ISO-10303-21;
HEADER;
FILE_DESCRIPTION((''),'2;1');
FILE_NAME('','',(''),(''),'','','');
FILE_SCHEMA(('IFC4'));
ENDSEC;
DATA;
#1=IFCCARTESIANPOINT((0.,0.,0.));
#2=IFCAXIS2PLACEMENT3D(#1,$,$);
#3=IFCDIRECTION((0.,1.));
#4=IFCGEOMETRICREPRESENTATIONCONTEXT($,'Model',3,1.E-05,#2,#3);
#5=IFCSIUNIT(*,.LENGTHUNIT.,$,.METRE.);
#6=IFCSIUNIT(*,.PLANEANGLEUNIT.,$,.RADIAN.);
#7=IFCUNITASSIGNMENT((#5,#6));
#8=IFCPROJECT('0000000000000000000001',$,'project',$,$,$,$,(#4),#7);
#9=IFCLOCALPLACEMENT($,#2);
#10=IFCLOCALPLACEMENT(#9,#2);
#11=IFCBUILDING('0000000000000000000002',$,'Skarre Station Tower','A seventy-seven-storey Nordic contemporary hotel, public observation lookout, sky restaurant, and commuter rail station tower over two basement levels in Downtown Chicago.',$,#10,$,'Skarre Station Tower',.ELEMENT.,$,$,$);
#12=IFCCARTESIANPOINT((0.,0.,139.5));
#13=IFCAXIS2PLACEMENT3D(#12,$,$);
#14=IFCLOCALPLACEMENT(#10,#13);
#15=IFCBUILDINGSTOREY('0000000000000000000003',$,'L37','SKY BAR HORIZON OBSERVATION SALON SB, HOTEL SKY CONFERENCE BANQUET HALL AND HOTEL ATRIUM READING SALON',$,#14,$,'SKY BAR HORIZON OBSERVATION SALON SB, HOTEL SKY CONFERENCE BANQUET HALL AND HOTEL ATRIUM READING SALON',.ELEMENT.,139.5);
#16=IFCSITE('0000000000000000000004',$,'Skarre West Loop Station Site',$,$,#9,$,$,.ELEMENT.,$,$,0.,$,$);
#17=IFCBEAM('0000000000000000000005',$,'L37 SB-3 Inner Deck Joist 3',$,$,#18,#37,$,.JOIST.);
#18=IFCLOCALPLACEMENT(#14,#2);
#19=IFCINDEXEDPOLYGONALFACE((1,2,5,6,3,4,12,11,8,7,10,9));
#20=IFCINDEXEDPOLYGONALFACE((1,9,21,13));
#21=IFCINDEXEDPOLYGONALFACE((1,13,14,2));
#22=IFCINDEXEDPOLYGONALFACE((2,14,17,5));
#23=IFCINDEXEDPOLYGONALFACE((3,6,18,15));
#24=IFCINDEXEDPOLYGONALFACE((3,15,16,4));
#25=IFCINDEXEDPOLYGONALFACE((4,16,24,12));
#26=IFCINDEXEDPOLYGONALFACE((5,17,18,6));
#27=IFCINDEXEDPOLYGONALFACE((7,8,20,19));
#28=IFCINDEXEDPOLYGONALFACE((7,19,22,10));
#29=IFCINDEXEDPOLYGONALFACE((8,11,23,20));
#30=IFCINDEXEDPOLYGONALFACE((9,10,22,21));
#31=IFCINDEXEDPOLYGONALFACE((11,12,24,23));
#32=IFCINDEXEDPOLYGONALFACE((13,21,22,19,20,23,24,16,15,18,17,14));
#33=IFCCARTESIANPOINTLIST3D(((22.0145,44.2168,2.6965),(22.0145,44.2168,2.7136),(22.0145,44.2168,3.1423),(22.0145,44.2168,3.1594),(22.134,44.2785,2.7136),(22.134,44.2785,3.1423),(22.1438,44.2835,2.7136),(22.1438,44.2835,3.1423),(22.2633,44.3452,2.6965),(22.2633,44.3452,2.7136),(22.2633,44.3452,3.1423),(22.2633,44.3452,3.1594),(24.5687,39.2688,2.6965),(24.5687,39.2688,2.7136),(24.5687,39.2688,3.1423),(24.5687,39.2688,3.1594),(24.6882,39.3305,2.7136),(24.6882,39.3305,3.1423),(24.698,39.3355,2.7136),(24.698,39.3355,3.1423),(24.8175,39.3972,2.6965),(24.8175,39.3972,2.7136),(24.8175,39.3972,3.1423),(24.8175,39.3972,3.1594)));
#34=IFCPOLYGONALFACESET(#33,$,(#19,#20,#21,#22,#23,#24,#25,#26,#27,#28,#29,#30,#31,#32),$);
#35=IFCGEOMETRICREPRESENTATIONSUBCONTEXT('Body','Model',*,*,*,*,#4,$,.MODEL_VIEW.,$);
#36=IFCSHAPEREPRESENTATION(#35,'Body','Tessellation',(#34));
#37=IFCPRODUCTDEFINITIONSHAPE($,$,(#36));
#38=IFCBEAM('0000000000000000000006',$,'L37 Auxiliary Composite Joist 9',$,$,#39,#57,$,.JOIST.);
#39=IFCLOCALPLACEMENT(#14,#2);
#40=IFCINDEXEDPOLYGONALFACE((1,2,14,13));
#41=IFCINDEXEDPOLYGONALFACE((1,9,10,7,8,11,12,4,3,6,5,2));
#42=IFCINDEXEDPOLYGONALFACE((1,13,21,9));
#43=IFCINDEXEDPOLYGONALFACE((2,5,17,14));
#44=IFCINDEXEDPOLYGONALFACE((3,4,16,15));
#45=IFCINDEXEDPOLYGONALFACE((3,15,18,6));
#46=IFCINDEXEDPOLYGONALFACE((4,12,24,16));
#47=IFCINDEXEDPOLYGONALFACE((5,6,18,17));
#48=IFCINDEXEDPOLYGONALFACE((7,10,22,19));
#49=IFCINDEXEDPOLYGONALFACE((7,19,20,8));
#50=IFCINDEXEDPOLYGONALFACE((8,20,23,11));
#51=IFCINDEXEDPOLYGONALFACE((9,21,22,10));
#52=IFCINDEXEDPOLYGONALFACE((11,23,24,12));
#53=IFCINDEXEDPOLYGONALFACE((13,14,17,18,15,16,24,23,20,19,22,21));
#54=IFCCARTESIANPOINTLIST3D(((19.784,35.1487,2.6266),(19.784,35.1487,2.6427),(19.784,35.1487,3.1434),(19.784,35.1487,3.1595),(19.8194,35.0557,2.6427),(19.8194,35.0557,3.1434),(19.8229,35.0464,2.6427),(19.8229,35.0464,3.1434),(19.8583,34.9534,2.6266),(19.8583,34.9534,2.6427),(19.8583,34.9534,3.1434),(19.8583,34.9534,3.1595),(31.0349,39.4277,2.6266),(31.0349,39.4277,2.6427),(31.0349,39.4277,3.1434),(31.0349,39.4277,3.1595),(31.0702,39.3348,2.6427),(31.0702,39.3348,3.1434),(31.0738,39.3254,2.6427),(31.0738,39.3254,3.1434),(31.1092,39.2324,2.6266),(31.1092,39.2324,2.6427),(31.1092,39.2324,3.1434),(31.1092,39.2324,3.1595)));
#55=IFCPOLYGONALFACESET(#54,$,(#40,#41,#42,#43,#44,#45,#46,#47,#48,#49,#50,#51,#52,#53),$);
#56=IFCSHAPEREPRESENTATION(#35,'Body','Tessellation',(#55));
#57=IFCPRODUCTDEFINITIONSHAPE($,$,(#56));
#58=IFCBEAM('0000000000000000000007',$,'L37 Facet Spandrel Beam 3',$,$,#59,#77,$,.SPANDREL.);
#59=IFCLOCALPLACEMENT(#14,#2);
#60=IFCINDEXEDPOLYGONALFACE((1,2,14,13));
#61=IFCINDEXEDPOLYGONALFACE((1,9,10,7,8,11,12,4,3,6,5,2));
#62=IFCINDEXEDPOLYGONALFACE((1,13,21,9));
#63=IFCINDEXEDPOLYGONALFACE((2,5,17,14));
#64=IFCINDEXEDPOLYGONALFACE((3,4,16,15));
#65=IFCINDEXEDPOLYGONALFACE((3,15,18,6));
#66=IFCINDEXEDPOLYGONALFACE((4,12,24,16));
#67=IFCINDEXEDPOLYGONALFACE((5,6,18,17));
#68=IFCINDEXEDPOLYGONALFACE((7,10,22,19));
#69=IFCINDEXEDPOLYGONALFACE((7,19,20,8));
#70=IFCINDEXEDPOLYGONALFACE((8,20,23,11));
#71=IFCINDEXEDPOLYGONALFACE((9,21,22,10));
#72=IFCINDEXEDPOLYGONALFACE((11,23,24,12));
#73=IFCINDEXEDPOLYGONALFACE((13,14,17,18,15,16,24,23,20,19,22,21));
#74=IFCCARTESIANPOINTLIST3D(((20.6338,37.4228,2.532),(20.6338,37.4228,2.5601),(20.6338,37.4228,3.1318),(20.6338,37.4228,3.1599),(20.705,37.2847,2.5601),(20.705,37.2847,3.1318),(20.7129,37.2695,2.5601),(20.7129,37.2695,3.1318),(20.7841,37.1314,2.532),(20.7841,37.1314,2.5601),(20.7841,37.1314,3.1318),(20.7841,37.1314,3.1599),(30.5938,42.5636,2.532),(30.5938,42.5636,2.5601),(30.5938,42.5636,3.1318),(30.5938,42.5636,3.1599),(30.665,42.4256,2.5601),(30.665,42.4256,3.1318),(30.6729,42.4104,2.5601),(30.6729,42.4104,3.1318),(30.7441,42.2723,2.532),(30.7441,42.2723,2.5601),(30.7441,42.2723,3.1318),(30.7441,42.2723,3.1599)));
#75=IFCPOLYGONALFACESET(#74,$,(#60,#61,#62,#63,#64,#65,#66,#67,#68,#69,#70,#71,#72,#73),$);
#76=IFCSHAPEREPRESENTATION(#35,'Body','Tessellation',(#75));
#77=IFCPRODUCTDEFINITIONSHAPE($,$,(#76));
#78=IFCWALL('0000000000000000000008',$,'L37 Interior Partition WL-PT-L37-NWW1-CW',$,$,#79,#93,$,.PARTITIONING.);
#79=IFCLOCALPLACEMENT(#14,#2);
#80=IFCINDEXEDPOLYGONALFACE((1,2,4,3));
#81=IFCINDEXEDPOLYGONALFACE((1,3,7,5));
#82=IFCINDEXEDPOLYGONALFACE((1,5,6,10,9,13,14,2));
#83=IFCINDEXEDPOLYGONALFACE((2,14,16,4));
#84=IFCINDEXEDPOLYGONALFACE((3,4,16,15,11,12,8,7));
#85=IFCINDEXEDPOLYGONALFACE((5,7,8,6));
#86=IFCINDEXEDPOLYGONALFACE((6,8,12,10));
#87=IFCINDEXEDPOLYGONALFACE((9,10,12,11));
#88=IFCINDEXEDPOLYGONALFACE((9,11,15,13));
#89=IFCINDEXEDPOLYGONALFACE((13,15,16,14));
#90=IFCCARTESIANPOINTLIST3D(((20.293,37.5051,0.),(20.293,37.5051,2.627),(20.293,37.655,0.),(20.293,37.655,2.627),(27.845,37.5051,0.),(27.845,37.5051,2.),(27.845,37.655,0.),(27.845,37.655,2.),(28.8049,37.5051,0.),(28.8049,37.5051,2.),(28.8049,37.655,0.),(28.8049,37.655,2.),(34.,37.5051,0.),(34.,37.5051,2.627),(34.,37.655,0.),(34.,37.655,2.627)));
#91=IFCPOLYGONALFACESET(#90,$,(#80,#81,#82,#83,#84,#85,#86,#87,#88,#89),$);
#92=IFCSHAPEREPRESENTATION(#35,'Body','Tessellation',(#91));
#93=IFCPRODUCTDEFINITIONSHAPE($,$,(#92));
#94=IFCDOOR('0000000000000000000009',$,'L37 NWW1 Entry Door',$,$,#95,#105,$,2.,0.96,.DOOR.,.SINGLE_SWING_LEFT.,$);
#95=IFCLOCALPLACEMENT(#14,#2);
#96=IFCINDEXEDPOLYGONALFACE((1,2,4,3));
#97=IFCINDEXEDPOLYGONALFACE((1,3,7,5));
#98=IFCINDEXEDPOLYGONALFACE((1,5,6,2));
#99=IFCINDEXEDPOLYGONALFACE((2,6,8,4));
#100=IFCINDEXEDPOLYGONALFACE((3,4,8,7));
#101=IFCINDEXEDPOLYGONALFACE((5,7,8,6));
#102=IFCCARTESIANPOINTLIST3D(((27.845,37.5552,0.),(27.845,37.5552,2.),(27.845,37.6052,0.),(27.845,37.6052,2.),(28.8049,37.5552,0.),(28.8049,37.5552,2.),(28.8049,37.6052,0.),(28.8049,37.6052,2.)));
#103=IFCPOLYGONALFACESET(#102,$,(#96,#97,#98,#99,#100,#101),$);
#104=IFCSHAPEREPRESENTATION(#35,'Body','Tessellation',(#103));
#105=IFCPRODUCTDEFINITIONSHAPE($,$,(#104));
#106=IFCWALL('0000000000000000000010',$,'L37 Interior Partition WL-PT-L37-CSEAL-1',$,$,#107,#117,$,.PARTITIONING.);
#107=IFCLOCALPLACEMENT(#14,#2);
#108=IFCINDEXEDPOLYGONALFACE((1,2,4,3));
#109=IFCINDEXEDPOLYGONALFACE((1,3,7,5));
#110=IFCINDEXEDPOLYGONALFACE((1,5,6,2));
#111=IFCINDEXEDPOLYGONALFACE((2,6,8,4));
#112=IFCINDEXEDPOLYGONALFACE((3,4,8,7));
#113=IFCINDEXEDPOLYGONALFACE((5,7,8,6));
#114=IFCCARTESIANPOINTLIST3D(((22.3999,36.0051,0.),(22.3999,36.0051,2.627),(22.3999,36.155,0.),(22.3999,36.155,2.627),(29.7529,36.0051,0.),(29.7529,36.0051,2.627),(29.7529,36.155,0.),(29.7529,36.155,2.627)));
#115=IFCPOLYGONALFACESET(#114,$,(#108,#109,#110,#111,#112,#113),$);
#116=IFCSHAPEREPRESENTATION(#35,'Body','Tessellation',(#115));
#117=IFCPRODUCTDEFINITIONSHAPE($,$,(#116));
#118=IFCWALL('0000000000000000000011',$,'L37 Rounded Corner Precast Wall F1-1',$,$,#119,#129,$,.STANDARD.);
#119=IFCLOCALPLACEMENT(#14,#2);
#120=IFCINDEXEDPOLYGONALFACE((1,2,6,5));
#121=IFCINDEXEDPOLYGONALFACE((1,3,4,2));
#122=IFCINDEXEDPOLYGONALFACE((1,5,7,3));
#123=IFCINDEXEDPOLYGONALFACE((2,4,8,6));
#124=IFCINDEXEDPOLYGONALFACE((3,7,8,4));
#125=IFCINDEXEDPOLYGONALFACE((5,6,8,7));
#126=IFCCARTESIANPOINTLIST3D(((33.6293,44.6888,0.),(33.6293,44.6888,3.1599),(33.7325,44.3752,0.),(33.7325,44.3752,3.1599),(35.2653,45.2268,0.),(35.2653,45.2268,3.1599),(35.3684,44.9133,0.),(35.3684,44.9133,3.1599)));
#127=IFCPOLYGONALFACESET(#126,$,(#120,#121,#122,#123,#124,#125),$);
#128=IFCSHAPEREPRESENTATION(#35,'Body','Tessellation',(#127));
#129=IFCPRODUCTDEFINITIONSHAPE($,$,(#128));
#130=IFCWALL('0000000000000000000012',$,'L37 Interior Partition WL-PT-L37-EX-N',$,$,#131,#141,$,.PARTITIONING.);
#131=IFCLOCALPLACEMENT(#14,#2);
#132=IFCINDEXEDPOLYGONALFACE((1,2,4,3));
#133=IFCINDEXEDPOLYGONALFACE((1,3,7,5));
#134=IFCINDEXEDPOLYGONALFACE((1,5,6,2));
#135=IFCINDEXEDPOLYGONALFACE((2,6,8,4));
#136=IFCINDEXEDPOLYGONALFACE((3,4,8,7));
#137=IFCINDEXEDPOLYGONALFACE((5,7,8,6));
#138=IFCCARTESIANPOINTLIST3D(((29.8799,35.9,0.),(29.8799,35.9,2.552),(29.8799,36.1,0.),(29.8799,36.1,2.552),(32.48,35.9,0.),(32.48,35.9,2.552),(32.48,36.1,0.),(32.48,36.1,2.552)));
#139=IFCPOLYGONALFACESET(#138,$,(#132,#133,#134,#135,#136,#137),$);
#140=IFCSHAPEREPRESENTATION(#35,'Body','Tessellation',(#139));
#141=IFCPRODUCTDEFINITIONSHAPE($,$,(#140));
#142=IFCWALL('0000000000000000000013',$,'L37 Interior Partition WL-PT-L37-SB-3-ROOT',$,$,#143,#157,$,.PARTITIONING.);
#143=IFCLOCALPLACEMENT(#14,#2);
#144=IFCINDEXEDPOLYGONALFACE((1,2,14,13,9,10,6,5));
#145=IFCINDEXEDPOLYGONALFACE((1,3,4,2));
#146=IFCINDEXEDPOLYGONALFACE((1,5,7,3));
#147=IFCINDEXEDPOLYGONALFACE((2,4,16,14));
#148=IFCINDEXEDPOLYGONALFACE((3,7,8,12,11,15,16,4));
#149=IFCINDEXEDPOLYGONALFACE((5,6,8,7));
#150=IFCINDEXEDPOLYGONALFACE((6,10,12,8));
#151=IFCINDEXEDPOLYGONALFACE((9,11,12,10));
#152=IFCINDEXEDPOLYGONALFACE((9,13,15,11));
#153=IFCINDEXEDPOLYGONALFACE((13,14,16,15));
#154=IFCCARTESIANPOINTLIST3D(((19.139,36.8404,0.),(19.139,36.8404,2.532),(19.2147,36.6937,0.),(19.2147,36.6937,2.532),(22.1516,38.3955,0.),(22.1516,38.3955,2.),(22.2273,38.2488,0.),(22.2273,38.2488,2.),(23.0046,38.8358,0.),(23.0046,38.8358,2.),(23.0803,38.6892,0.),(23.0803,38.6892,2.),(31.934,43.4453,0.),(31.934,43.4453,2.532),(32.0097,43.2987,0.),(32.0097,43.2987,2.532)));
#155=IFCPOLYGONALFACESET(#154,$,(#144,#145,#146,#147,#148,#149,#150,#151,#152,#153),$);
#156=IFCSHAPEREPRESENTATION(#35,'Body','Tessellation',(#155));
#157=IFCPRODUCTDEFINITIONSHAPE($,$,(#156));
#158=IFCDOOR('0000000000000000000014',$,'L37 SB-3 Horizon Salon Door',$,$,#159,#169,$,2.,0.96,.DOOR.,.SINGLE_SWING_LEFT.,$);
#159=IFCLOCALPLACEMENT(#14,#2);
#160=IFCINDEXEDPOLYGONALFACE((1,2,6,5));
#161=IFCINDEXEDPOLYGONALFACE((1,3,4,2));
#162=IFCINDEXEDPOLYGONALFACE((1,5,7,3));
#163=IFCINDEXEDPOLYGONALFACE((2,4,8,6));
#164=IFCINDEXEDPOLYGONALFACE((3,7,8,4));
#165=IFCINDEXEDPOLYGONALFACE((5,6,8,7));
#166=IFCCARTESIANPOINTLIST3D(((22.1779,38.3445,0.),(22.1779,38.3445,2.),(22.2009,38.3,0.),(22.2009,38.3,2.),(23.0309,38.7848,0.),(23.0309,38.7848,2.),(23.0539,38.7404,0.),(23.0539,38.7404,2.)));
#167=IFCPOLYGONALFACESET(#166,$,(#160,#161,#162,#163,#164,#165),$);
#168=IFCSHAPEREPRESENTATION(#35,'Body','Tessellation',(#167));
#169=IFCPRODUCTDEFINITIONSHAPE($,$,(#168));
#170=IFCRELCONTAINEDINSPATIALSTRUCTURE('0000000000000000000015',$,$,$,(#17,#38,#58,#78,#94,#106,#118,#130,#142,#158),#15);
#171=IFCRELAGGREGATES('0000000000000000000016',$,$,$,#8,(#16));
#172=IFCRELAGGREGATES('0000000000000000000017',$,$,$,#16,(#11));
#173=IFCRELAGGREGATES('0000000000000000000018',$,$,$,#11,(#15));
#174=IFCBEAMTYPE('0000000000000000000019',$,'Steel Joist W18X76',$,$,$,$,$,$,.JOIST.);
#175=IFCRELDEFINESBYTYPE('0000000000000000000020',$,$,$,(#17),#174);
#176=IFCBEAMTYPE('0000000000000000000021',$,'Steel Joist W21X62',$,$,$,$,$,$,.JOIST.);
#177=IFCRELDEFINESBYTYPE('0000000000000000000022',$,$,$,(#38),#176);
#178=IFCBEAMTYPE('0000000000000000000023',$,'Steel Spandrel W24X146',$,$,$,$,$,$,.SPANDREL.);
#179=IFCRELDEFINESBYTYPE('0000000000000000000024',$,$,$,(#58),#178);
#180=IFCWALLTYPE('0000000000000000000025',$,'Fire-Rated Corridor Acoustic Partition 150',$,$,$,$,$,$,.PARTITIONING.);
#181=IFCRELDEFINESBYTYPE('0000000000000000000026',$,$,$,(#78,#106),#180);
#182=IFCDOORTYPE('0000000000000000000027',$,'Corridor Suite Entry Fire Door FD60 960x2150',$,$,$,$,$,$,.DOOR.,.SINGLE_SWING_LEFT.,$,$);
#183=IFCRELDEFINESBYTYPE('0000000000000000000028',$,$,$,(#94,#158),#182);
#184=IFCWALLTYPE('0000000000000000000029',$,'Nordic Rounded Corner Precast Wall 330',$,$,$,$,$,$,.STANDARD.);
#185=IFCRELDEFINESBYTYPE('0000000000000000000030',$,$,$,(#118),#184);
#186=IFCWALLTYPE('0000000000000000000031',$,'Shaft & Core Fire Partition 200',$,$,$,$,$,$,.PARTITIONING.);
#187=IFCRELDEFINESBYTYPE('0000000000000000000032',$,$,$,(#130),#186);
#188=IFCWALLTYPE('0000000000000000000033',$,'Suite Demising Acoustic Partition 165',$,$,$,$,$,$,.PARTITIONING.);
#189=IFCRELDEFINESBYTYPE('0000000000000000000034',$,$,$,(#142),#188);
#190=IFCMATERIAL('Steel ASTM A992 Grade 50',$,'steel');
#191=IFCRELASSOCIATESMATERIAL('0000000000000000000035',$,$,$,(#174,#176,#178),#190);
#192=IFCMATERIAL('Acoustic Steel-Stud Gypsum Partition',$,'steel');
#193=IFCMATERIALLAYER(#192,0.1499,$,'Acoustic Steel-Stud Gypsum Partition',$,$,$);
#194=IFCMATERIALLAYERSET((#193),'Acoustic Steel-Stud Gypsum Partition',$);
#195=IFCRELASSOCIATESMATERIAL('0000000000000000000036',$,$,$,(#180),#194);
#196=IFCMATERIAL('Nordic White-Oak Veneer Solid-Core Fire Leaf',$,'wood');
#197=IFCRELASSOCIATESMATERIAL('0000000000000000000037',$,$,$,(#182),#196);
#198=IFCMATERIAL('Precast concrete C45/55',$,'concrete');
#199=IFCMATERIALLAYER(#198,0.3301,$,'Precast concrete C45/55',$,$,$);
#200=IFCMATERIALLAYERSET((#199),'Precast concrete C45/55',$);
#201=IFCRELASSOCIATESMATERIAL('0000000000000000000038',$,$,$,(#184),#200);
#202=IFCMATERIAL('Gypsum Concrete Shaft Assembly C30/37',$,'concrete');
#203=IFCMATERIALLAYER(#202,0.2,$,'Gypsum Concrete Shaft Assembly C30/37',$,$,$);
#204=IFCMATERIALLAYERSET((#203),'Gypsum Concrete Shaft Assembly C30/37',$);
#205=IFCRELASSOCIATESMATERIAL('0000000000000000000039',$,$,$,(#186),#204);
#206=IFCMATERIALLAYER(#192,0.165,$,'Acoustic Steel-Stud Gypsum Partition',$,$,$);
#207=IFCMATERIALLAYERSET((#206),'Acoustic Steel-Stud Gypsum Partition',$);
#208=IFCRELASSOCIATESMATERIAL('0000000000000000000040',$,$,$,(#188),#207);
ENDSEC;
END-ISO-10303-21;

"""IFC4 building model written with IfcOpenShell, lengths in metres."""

from ifc_helpers import new_model, si_unit, direction, frame, frame_2d, origin, origin_2d, place, context, subcontext, project, spatial, rectangle, i_section, extrude, material, layer, layer_set, material_profile, profile_set, type_object, element, fill, save


model = new_model("IFC4")

# Units and contexts
model_context = context("Model", 3, precision=1e-05, world=origin(), true_north=direction((0.0, 1.0)))
body_context = subcontext(model_context, "Body", "Model", "MODEL_VIEW")
ifc_project = project(units=[si_unit("LENGTHUNIT", "METRE"), si_unit("PLANEANGLEUNIT", "RADIAN")], contexts=[model_context])

# Site, building, storey
site_placement = place(None, origin())
site = spatial("IfcSite", under=ifc_project, at=site_placement, Name="Skarre West Loop Station Site", CompositionType="ELEMENT", RefElevation=0.0)
building_placement = place(site_placement, origin())
building = spatial("IfcBuilding", under=site, at=building_placement, Name="Skarre Station Tower", Description="A seventy-seven-storey Nordic contemporary hotel, public observation lookout, sky restaurant, and commuter rail station tower over two basement levels in Downtown Chicago.", LongName="Skarre Station Tower", CompositionType="ELEMENT")
storey_placement = place(building_placement, frame((0.0, 0.0, 139.5)))
storey = spatial("IfcBuildingStorey", under=building, at=storey_placement, Name="L37", Description="SKY BAR HORIZON OBSERVATION SALON SB, HOTEL SKY CONFERENCE BANQUET HALL AND HOTEL ATRIUM READING SALON", LongName="SKY BAR HORIZON OBSERVATION SALON SB, HOTEL SKY CONFERENCE BANQUET HALL AND HOTEL ATRIUM READING SALON", CompositionType="ELEMENT", Elevation=139.5)

# Beams
ifc_material_1 = material(Name="Steel ASTM A992 Grade 50", Category="steel")
ifc_material_profile_1 = material_profile(ifc_material_1, i_section(OverallWidth=0.28, OverallDepth=0.4629, WebThickness=0.011, FlangeThickness=0.0171, at=origin_2d()), Name="Steel ASTM A992 Grade 50")
ifc_profile_set_1 = profile_set([ifc_material_profile_1], Name="Steel ASTM A992 Grade 50")
beam_type_1 = type_object("IfcBeamType", Name="Steel Joist W18X76", PredefinedType="JOIST", material=ifc_profile_set_1)
beam_1_placement = place(storey_placement, frame((24.6931, 39.333, 2.928), z_axis=(-0.458699, 0.888592, 0.0), x_axis=(-0.888592, -0.458699, 0.0)))
element("IfcBeam", 1, at=beam_1_placement, inside=storey, type_object=beam_type_1, Name="L37 SB-3 Inner Deck Joist 3", PredefinedType="JOIST", context=body_context, shape_type="SweptSolid", body=[
    extrude(i_section(OverallWidth=0.28, OverallDepth=0.4629, WebThickness=0.011, FlangeThickness=0.0171, at=origin_2d()), origin(), (0.0, 0.0, 1.0), 5.5684),
])
ifc_material_profile_2 = material_profile(ifc_material_1, i_section(OverallWidth=0.209, OverallDepth=0.533, WebThickness=0.01, FlangeThickness=0.0161, at=origin_2d()), Name="Steel ASTM A992 Grade 50")
ifc_profile_set_2 = profile_set([ifc_material_profile_2], Name="Steel ASTM A992 Grade 50")
beam_type_2 = type_object("IfcBeamType", Name="Steel Joist W21X62", PredefinedType="JOIST", material=ifc_profile_set_2)
beam_2_placement = place(storey_placement, frame((31.072, 39.3301, 2.8931), z_axis=(-0.934682, -0.355485, 0.0), x_axis=(0.355485, -0.934682, 0.0)))
element("IfcBeam", 2, at=beam_2_placement, inside=storey, type_object=beam_type_2, Name="L37 Auxiliary Composite Joist 9", PredefinedType="JOIST", context=body_context, shape_type="SweptSolid", body=[
    extrude(i_section(OverallWidth=0.209, OverallDepth=0.533, WebThickness=0.01, FlangeThickness=0.0161, at=origin_2d()), origin(), (0.0, 0.0, 1.0), 12.0371),
])
ifc_material_profile_3 = material_profile(ifc_material_1, i_section(OverallWidth=0.3279, OverallDepth=0.6279, WebThickness=0.0171, FlangeThickness=0.0281, at=origin_2d()), Name="Steel ASTM A992 Grade 50")
ifc_profile_set_3 = profile_set([ifc_material_profile_3], Name="Steel ASTM A992 Grade 50")
beam_type_3 = type_object("IfcBeamType", Name="Steel Spandrel W24X146", PredefinedType="SPANDREL", material=ifc_profile_set_3)
beam_3_placement = place(storey_placement, frame((30.6689, 42.418, 2.8459), z_axis=(-0.888612, -0.45866, 0.0), x_axis=(0.45866, -0.888612, 0.0)))
element("IfcBeam", 3, at=beam_3_placement, inside=storey, type_object=beam_type_3, Name="L37 Facet Spandrel Beam 3", PredefinedType="SPANDREL", context=body_context, shape_type="SweptSolid", body=[
    extrude(i_section(OverallWidth=0.3279, OverallDepth=0.6279, WebThickness=0.0171, FlangeThickness=0.0281, at=origin_2d()), origin(), (0.0, 0.0, 1.0), 11.2085),
])

# Wall, opening, door
ifc_material_2 = material(Name="Acoustic Steel-Stud Gypsum Partition", Category="steel")
ifc_layer_1 = layer(ifc_material_2, 0.1499, Name="Acoustic Steel-Stud Gypsum Partition")
ifc_layer_set_1 = layer_set([ifc_layer_1], Name="Acoustic Steel-Stud Gypsum Partition")
wall_type_1 = type_object("IfcWallType", Name="Fire-Rated Corridor Acoustic Partition 150", PredefinedType="PARTITIONING", material=ifc_layer_set_1)
wall_1_placement = place(storey_placement, frame((34.0, 37.5801, 0.0), z_axis=(0.0, 0.0, 1.0), x_axis=(-1.0, 0.0, 0.0)))
wall_1 = element("IfcWall", 4, at=wall_1_placement, inside=storey, type_object=wall_type_1, Name="L37 Interior Partition WL-PT-L37-NWW1-CW", PredefinedType="PARTITIONING", context=body_context, shape_type="SweptSolid", body=[
    extrude(rectangle(XDim=13.707, YDim=0.1499, at=frame_2d((6.8535, 0.0))), origin(), (0.0, 0.0, 1.0), 2.627),
])
opening_1_placement = place(wall_1_placement, frame((5.1951, 0.0, 0.0)))
opening_1 = element("IfcOpeningElement", 5, at=opening_1_placement, cuts=wall_1, PredefinedType="OPENING", context=body_context, shape_type="SweptSolid", body=[
    extrude(rectangle(XDim=0.96, YDim=2.0, at=frame_2d((0.48, 1.0))), frame((0.0, 0.085, 0.0), z_axis=(0.0, -1.0, 0.0), x_axis=(1.0, 0.0, 0.0)), (0.0, 0.0, 1.0), 0.1699),
])
ifc_material_3 = material(Name="Nordic White-Oak Veneer Solid-Core Fire Leaf", Category="wood")
door_type = type_object("IfcDoorType", Name="Corridor Suite Entry Fire Door FD60 960x2150", OperationType="SINGLE_SWING_LEFT", PredefinedType="DOOR", material=ifc_material_3)
door_1_placement = place(opening_1_placement, origin())
door_1 = element("IfcDoor", 6, at=door_1_placement, inside=storey, type_object=door_type, Name="L37 NWW1 Entry Door", OperationType="SINGLE_SWING_LEFT", OverallHeight=2.0, OverallWidth=0.96, PredefinedType="DOOR", context=body_context, shape_type="SweptSolid", body=[
    extrude(rectangle(XDim=0.96, YDim=2.0, at=frame_2d((0.48, 1.0))), frame((0.0, 0.0249, 0.0), z_axis=(0.0, -1.0, 0.0), x_axis=(1.0, 0.0, 0.0)), (0.0, 0.0, 1.0), 0.05),
])
fill(opening_1, door_1)

# Walls
wall_2_placement = place(storey_placement, frame((29.7529, 36.0801, 0.0), z_axis=(0.0, 0.0, 1.0), x_axis=(-1.0, 0.0, 0.0)))
element("IfcWall", 7, at=wall_2_placement, inside=storey, type_object=wall_type_1, Name="L37 Interior Partition WL-PT-L37-CSEAL-1", PredefinedType="PARTITIONING", context=body_context, shape_type="SweptSolid", body=[
    extrude(rectangle(XDim=7.353, YDim=0.1499, at=frame_2d((3.6765, 0.0))), origin(), (0.0, 0.0, 1.0), 2.627),
])
ifc_material_4 = material(Name="Precast concrete C45/55", Category="concrete")
ifc_layer_2 = layer(ifc_material_4, 0.3301, Name="Precast concrete C45/55")
ifc_layer_set_2 = layer_set([ifc_layer_2], Name="Precast concrete C45/55")
wall_type_2 = type_object("IfcWallType", Name="Nordic Rounded Corner Precast Wall 330", PredefinedType="STANDARD", material=ifc_layer_set_2)
wall_3_placement = place(storey_placement, frame((33.6809, 44.532, 0.0), z_axis=(0.0, 0.0, 1.0), x_axis=(0.949937, 0.31244, 0.0)))
element("IfcWall", 8, at=wall_3_placement, inside=storey, type_object=wall_type_2, Name="L37 Rounded Corner Precast Wall F1-1", PredefinedType="STANDARD", context=body_context, shape_type="SweptSolid", body=[
    extrude(rectangle(XDim=1.7222, YDim=0.3301, at=frame_2d((0.8611, 0.0))), origin(), (0.0, 0.0, 1.0), 3.1599),
])
ifc_material_5 = material(Name="Gypsum Concrete Shaft Assembly C30/37", Category="concrete")
ifc_layer_3 = layer(ifc_material_5, 0.2, Name="Gypsum Concrete Shaft Assembly C30/37")
ifc_layer_set_3 = layer_set([ifc_layer_3], Name="Gypsum Concrete Shaft Assembly C30/37")
wall_type_3 = type_object("IfcWallType", Name="Shaft & Core Fire Partition 200", PredefinedType="PARTITIONING", material=ifc_layer_set_3)
wall_4_placement = place(storey_placement, frame((29.8799, 36.0, 0.0), z_axis=(0.0, 0.0, 1.0), x_axis=(1.0, 0.0, 0.0)))
element("IfcWall", 9, at=wall_4_placement, inside=storey, type_object=wall_type_3, Name="L37 Interior Partition WL-PT-L37-EX-N", PredefinedType="PARTITIONING", context=body_context, shape_type="SweptSolid", body=[
    extrude(rectangle(XDim=2.6001, YDim=0.2, at=frame_2d((1.3, 0.0))), origin(), (0.0, 0.0, 1.0), 2.552),
])

# Wall, opening, door
ifc_layer_4 = layer(ifc_material_2, 0.165, Name="Acoustic Steel-Stud Gypsum Partition")
ifc_layer_set_4 = layer_set([ifc_layer_4], Name="Acoustic Steel-Stud Gypsum Partition")
wall_type_4 = type_object("IfcWallType", Name="Suite Demising Acoustic Partition 165", PredefinedType="PARTITIONING", material=ifc_layer_set_4)
wall_5_placement = place(storey_placement, frame((31.9719, 43.3721, 0.0), z_axis=(0.0, 0.0, 1.0), x_axis=(-0.888588, -0.458706, 0.0)))
wall_5 = element("IfcWall", 10, at=wall_5_placement, inside=storey, type_object=wall_type_4, Name="L37 Interior Partition WL-PT-L37-SB-3-ROOT", PredefinedType="PARTITIONING", context=body_context, shape_type="SweptSolid", body=[
    extrude(rectangle(XDim=14.3992, YDim=0.165, at=frame_2d((7.1997, 0.0))), origin(), (0.0, 0.0, 1.0), 2.532),
])
opening_2_placement = place(wall_5_placement, frame((10.0491, 0.0, 0.0)))
opening_2 = element("IfcOpeningElement", 11, at=opening_2_placement, cuts=wall_5, PredefinedType="OPENING", context=body_context, shape_type="SweptSolid", body=[
    extrude(rectangle(XDim=0.96, YDim=2.0, at=frame_2d((0.48, 1.0))), frame((0.0, 0.0925, 0.0), z_axis=(0.0, -1.0, 0.0), x_axis=(1.0, 0.0, 0.0)), (0.0, 0.0, 1.0), 0.1851),
])
door_2_placement = place(opening_2_placement, origin())
door_2 = element("IfcDoor", 12, at=door_2_placement, inside=storey, type_object=door_type, Name="L37 SB-3 Horizon Salon Door", OperationType="SINGLE_SWING_LEFT", OverallHeight=2.0, OverallWidth=0.96, PredefinedType="DOOR", context=body_context, shape_type="SweptSolid", body=[
    extrude(rectangle(XDim=0.96, YDim=2.0, at=frame_2d((0.48, 1.0))), frame((0.0, 0.0249, 0.0), z_axis=(0.0, -1.0, 0.0), x_axis=(1.0, 0.0, 0.0)), (0.0, 0.0, 1.0), 0.05),
])
fill(opening_2, door_2)

save(model, "model.ifc")
